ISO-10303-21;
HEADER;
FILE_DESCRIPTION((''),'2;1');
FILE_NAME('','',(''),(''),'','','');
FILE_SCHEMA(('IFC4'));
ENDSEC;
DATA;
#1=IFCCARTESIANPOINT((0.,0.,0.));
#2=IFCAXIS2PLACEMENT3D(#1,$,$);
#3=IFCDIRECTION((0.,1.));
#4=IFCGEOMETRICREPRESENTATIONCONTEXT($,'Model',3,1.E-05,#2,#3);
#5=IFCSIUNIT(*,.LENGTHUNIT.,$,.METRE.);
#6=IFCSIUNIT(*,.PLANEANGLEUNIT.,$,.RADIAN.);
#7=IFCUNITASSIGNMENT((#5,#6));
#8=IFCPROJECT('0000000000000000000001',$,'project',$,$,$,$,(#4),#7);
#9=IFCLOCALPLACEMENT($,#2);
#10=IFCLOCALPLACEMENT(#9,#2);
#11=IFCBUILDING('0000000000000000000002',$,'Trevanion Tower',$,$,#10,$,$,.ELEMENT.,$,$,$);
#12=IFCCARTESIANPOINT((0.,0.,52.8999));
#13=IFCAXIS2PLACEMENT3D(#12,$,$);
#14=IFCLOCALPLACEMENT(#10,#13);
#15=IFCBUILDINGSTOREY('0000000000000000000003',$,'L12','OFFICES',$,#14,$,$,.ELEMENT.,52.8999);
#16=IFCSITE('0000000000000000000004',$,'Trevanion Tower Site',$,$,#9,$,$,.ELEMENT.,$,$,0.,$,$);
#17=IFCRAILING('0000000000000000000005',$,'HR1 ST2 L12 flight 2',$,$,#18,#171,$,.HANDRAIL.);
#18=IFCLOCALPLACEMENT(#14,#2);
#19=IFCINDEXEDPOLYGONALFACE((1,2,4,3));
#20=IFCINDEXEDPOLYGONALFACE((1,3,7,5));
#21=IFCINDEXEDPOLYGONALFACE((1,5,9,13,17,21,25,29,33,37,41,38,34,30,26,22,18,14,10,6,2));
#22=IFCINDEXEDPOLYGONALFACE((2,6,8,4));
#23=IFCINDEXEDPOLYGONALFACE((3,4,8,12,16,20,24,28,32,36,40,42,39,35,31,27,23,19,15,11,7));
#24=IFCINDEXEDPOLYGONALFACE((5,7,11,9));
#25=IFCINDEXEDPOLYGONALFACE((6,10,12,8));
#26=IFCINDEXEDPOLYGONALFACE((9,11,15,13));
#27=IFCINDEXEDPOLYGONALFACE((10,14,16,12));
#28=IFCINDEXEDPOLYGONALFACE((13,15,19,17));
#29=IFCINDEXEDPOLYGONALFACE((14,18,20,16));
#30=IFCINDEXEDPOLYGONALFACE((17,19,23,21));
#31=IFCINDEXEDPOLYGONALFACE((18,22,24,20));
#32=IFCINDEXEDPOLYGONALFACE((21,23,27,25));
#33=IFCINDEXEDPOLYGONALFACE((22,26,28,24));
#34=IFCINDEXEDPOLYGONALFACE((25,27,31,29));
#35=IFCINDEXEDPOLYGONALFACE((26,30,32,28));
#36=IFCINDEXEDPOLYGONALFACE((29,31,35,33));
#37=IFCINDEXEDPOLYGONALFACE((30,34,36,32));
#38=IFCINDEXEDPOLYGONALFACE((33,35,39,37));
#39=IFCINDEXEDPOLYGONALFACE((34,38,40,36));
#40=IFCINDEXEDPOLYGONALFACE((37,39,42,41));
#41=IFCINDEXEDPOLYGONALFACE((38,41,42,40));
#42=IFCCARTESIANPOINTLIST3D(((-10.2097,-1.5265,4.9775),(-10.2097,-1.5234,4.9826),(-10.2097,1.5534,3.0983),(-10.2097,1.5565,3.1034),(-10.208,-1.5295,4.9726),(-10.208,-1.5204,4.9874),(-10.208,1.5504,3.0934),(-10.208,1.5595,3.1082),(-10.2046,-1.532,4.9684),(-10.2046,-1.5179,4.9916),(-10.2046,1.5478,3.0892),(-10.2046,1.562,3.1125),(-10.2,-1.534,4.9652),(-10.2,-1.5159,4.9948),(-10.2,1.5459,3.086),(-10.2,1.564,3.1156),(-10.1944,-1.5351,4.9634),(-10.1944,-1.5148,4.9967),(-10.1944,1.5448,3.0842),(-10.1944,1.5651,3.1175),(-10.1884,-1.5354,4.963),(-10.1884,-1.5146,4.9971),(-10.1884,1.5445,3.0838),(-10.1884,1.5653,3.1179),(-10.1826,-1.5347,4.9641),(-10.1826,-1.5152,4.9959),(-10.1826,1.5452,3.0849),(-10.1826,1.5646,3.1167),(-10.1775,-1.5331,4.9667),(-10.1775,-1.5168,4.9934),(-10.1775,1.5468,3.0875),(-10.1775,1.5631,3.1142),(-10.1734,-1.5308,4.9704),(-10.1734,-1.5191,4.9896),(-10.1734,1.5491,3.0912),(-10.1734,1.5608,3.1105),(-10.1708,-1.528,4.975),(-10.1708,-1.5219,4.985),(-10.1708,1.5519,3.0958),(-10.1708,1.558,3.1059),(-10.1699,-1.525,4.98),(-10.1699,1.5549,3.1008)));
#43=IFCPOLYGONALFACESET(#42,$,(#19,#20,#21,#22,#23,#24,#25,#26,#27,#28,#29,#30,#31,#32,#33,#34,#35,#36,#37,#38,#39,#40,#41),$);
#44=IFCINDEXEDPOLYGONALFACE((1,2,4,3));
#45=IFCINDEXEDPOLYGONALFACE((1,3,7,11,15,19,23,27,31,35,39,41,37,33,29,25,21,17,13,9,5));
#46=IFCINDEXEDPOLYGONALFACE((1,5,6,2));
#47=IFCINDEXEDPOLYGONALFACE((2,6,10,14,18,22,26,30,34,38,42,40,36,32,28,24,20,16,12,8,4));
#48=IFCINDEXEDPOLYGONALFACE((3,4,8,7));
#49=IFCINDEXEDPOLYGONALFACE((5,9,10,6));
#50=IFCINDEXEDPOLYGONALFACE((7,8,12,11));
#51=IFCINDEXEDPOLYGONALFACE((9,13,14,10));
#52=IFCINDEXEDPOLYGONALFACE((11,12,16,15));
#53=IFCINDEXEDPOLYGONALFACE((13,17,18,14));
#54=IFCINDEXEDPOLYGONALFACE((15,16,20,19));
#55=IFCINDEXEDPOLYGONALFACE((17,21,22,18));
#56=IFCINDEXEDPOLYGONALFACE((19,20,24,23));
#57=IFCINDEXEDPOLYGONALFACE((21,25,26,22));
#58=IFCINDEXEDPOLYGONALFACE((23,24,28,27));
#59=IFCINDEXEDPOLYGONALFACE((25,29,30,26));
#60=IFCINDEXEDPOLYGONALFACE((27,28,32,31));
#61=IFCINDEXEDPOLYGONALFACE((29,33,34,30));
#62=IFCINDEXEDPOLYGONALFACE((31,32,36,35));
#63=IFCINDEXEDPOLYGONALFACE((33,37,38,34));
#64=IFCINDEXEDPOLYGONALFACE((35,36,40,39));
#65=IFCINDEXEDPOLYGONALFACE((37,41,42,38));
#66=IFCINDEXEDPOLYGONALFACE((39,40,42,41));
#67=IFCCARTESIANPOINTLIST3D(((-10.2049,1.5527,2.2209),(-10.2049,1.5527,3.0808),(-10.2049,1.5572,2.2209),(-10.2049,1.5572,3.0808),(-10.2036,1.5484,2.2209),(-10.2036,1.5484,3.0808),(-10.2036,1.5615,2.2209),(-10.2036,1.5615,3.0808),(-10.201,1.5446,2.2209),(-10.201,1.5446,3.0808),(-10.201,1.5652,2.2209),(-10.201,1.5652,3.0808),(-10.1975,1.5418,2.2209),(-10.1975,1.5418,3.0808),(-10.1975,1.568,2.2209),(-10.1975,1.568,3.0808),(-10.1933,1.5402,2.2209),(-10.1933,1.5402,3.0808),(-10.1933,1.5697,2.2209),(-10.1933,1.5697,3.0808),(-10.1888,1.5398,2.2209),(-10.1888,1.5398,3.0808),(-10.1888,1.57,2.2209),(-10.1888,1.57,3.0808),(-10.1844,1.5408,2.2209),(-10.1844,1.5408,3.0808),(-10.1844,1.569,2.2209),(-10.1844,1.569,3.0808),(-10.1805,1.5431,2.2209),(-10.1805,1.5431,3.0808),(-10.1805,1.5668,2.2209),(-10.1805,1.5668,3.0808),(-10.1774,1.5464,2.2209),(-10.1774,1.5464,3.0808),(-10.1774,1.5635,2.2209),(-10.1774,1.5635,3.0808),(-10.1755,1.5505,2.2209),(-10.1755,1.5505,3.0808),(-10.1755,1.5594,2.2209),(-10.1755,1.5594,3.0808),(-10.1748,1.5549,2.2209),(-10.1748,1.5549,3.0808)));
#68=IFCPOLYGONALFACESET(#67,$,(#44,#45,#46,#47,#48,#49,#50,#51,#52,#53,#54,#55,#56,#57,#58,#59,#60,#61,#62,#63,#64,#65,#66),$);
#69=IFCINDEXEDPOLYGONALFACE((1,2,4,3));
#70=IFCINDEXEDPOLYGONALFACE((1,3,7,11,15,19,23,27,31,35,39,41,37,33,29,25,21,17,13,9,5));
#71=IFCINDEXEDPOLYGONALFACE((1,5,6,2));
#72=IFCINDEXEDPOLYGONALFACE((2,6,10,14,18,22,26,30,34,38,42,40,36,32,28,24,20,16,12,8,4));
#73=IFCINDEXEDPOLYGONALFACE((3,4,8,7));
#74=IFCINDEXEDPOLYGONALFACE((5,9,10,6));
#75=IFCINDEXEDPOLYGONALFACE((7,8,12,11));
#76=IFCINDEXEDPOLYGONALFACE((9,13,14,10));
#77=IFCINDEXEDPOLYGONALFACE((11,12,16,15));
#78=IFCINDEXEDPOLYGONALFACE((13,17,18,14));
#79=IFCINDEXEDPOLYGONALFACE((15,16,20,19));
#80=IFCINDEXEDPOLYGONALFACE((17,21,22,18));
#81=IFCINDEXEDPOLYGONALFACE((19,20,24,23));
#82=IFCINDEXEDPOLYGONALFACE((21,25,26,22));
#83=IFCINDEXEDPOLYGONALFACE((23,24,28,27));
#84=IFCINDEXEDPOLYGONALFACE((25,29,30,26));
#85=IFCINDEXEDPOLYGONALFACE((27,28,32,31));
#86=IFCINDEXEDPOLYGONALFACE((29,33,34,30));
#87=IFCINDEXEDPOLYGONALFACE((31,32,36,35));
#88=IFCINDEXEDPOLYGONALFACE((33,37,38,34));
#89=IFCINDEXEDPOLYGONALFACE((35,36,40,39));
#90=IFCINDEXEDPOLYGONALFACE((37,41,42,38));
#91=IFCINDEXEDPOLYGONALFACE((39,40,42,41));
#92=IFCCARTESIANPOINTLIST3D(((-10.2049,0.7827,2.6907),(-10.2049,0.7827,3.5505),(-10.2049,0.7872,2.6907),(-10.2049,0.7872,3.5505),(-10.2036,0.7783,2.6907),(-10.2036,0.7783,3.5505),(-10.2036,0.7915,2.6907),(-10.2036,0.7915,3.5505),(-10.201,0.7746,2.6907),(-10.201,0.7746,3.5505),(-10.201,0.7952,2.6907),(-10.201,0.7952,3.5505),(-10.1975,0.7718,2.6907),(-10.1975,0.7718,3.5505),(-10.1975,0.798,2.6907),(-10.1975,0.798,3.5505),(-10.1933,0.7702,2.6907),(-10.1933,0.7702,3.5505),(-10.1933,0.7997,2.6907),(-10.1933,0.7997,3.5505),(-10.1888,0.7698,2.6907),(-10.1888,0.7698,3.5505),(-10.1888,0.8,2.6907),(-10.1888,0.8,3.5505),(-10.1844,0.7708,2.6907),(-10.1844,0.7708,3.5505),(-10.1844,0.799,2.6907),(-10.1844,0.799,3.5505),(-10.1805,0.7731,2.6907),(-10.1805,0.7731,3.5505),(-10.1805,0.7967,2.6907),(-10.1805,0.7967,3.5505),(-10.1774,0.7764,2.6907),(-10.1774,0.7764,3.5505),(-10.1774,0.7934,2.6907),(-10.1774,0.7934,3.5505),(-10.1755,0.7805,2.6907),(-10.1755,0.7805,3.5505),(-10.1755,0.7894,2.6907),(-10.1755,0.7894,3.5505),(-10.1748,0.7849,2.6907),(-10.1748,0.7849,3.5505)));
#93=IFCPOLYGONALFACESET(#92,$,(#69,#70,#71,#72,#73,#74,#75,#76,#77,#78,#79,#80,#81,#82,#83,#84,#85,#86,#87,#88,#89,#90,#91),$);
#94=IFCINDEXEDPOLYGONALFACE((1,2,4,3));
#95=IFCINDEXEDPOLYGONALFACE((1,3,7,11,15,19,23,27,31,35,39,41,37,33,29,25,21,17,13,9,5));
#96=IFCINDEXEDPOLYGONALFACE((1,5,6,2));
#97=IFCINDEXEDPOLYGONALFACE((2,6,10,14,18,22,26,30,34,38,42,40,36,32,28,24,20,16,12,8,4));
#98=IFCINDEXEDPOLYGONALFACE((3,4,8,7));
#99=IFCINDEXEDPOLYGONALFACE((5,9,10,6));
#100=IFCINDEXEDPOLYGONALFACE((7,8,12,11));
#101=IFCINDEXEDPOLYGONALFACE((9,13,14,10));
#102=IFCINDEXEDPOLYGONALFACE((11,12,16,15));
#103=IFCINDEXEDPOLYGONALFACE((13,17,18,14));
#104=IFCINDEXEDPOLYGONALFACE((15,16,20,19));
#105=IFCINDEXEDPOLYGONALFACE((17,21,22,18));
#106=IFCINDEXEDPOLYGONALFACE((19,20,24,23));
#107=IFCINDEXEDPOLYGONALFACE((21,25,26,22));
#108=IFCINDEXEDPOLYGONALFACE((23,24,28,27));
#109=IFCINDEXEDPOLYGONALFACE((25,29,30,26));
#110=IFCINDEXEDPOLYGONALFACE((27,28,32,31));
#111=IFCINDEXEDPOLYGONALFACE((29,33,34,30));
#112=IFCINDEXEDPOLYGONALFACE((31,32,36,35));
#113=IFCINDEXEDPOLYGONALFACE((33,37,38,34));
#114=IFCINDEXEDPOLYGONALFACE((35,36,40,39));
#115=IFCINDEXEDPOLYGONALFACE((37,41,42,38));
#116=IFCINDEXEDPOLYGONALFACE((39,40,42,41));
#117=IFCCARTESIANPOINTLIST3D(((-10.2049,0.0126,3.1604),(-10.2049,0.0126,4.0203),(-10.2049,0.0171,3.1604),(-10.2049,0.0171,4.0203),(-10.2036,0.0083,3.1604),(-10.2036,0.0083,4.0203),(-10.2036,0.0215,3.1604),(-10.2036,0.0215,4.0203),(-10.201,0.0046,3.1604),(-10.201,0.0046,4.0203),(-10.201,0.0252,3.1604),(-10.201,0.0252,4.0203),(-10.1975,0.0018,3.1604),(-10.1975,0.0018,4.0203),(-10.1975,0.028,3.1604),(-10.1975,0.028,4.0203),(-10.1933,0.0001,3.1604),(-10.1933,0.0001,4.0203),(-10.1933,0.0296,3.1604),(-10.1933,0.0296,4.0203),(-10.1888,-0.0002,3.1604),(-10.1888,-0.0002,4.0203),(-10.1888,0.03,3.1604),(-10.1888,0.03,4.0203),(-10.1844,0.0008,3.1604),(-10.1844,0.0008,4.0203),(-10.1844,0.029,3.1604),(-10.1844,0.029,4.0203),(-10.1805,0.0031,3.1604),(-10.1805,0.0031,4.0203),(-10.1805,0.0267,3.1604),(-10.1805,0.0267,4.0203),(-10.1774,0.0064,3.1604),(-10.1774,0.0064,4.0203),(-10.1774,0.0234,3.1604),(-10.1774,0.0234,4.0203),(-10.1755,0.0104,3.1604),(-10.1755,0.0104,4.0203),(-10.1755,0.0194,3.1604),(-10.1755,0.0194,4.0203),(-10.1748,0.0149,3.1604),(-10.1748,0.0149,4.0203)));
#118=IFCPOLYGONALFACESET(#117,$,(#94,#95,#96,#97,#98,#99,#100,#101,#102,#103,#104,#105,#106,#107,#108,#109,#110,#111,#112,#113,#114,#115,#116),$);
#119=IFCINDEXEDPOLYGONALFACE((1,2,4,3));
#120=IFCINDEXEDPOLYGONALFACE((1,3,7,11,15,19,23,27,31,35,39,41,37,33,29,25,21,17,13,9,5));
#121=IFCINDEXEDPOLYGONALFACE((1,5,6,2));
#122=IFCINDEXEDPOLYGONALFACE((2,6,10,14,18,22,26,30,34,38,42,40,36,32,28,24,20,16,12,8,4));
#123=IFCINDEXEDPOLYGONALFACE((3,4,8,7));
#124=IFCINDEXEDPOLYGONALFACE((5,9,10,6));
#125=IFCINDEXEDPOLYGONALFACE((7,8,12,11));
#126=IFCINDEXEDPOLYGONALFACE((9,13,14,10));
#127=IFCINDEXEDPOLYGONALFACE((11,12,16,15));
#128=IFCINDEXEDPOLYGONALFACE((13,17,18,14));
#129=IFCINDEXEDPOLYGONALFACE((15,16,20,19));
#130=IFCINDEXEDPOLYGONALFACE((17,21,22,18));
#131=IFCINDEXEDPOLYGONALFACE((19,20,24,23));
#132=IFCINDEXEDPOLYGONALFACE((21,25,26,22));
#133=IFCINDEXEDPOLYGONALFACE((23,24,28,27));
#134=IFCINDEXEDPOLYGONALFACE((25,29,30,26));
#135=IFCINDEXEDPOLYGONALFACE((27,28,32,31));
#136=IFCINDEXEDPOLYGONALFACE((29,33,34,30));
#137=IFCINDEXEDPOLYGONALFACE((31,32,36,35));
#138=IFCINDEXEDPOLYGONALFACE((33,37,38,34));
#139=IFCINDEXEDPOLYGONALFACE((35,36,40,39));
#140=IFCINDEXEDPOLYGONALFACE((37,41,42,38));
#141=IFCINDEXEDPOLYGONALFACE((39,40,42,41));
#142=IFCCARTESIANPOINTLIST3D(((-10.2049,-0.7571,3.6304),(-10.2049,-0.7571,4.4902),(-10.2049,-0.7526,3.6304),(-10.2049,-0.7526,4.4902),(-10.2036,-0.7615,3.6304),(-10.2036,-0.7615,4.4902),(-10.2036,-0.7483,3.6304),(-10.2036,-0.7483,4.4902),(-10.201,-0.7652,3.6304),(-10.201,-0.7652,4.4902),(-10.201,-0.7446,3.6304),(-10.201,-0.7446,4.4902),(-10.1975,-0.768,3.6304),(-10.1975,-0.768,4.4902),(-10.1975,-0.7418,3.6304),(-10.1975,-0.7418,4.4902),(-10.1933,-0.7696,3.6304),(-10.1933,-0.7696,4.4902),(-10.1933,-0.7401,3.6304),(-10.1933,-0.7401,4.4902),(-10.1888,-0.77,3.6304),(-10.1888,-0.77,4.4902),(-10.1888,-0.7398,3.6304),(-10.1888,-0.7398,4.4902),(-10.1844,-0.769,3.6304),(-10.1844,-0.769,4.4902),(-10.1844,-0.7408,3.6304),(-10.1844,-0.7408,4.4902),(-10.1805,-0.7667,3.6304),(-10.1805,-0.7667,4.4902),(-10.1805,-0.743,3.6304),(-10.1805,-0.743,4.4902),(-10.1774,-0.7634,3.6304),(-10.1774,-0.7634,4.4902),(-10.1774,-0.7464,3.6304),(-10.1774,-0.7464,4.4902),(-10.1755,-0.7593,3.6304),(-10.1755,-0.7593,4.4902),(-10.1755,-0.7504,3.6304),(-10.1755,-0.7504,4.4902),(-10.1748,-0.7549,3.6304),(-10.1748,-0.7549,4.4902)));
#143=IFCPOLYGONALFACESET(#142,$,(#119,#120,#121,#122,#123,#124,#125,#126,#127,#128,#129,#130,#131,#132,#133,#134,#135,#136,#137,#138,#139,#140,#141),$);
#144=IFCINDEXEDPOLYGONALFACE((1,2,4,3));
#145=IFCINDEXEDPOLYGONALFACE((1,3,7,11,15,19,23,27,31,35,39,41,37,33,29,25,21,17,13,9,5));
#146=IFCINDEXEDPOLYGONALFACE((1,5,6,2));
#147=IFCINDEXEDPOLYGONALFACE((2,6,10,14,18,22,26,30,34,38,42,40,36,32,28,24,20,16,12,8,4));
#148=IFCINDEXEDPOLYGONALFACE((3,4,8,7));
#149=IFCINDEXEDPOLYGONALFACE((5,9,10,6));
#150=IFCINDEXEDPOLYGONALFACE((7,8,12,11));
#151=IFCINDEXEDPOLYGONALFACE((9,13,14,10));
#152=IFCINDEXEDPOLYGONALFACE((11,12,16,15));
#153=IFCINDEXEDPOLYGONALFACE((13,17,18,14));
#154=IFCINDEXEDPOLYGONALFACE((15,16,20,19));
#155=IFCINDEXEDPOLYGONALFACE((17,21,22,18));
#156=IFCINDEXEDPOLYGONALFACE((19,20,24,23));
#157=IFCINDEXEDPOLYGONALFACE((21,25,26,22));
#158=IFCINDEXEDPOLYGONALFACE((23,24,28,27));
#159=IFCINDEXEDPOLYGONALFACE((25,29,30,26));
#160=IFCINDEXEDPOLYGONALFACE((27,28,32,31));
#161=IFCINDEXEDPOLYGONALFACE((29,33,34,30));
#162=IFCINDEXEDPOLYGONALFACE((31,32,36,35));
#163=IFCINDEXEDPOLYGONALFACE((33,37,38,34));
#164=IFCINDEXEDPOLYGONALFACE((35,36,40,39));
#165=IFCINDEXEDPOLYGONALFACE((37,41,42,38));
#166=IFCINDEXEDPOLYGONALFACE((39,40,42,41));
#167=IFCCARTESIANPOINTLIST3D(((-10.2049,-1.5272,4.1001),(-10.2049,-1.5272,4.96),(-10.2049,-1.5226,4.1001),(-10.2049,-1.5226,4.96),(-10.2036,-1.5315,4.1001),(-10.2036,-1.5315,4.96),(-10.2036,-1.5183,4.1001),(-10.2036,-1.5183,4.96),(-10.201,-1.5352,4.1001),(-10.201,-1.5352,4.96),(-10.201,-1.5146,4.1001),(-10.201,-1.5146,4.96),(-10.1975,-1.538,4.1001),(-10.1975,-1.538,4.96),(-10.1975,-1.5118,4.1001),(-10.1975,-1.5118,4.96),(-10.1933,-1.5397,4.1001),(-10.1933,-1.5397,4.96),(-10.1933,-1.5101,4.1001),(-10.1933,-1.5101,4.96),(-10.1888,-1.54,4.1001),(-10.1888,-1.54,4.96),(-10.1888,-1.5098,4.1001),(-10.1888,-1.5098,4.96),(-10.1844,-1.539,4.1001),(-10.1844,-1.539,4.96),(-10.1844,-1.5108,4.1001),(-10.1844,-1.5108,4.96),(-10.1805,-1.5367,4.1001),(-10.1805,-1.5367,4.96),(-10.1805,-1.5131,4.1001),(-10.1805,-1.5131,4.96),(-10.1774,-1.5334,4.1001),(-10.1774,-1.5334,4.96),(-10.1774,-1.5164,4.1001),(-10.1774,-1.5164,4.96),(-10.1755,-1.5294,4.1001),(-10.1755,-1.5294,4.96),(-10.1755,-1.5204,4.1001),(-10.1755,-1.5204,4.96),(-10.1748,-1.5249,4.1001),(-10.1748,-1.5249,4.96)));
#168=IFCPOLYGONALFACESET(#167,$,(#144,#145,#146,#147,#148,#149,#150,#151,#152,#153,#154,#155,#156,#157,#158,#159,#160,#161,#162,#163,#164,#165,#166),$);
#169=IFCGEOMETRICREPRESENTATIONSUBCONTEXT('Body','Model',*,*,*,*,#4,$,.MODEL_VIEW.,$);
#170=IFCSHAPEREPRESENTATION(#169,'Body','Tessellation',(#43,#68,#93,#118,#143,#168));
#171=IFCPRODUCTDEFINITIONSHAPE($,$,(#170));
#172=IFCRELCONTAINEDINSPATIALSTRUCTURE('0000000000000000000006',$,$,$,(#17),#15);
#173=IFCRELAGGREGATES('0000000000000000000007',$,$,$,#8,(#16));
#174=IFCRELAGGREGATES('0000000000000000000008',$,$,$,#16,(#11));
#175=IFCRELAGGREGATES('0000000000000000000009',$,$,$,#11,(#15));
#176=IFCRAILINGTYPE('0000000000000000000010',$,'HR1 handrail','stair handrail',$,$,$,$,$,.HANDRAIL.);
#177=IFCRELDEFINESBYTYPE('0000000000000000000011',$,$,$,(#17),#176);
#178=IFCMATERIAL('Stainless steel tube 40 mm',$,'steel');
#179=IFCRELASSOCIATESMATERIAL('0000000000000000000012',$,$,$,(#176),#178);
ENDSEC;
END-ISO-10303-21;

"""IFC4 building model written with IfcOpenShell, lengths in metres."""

from ifc_helpers import new_model, si_unit, direction, frame, origin, origin_2d, place, context, subcontext, project, spatial, circle, extrude, material, type_object, element, save


model = new_model("IFC4")

# Units and contexts
model_context = context("Model", 3, precision=1e-05, world=origin(), true_north=direction((0.0, 1.0)))
body_context = subcontext(model_context, "Body", "Model", "MODEL_VIEW")
ifc_project = project(units=[si_unit("LENGTHUNIT", "METRE"), si_unit("PLANEANGLEUNIT", "RADIAN")], contexts=[model_context])

# Site, building, storey
site_placement = place(None, origin())
site = spatial("IfcSite", under=ifc_project, at=site_placement, Name="Trevanion Tower Site", CompositionType="ELEMENT", RefElevation=0.0)
building_placement = place(site_placement, origin())
building = spatial("IfcBuilding", under=site, at=building_placement, Name="Trevanion Tower", CompositionType="ELEMENT")
storey_placement = place(building_placement, frame((0.0, 0.0, 52.8999)))
storey = spatial("IfcBuildingStorey", under=building, at=storey_placement, Name="L12", Description="OFFICES", CompositionType="ELEMENT", Elevation=52.8999)

# Railing
ifc_material_1 = material(Name="Stainless steel tube 40 mm", Category="steel")
railing_type = type_object("IfcRailingType", Name="HR1 handrail", Description="stair handrail", PredefinedType="HANDRAIL", material=ifc_material_1)
for number, where, name in (
    (1, (-10.1899, 1.5549, 2.2209), "HR1 ST2 L12 flight 2"),
):
    element("IfcRailing", number, at=place(storey_placement, frame(where)), inside=storey, type_object=railing_type, Name=name, PredefinedType="HANDRAIL", context=body_context, shape_type="SweptSolid", body=[
        extrude(circle(Radius=0.02, at=origin_2d()), frame((0.0, 0.0, 0.8799), z_axis=(0.0, -0.853648, 0.52085), x_axis=(1.0, 0.0, 0.0)), (0.0, 0.0, 1.0), 3.6079),
        extrude(circle(Radius=0.0151, at=origin_2d()), origin(), (0.0, 0.0, 1.0), 0.8599),
        extrude(circle(Radius=0.0151, at=origin_2d()), frame((0.0, -0.77, 0.4697)), (0.0, 0.0, 1.0), 0.8599),
        extrude(circle(Radius=0.0151, at=origin_2d()), frame((0.0, -1.54, 0.9395)), (0.0, 0.0, 1.0), 0.8599),
        extrude(circle(Radius=0.0151, at=origin_2d()), frame((0.0, -2.3098, 1.4094)), (0.0, 0.0, 1.0), 0.8599),
        extrude(circle(Radius=0.0151, at=origin_2d()), frame((0.0, -3.0798, 1.8792)), (0.0, 0.0, 1.0), 0.8599),
    ])

save(model, "model.ifc")
